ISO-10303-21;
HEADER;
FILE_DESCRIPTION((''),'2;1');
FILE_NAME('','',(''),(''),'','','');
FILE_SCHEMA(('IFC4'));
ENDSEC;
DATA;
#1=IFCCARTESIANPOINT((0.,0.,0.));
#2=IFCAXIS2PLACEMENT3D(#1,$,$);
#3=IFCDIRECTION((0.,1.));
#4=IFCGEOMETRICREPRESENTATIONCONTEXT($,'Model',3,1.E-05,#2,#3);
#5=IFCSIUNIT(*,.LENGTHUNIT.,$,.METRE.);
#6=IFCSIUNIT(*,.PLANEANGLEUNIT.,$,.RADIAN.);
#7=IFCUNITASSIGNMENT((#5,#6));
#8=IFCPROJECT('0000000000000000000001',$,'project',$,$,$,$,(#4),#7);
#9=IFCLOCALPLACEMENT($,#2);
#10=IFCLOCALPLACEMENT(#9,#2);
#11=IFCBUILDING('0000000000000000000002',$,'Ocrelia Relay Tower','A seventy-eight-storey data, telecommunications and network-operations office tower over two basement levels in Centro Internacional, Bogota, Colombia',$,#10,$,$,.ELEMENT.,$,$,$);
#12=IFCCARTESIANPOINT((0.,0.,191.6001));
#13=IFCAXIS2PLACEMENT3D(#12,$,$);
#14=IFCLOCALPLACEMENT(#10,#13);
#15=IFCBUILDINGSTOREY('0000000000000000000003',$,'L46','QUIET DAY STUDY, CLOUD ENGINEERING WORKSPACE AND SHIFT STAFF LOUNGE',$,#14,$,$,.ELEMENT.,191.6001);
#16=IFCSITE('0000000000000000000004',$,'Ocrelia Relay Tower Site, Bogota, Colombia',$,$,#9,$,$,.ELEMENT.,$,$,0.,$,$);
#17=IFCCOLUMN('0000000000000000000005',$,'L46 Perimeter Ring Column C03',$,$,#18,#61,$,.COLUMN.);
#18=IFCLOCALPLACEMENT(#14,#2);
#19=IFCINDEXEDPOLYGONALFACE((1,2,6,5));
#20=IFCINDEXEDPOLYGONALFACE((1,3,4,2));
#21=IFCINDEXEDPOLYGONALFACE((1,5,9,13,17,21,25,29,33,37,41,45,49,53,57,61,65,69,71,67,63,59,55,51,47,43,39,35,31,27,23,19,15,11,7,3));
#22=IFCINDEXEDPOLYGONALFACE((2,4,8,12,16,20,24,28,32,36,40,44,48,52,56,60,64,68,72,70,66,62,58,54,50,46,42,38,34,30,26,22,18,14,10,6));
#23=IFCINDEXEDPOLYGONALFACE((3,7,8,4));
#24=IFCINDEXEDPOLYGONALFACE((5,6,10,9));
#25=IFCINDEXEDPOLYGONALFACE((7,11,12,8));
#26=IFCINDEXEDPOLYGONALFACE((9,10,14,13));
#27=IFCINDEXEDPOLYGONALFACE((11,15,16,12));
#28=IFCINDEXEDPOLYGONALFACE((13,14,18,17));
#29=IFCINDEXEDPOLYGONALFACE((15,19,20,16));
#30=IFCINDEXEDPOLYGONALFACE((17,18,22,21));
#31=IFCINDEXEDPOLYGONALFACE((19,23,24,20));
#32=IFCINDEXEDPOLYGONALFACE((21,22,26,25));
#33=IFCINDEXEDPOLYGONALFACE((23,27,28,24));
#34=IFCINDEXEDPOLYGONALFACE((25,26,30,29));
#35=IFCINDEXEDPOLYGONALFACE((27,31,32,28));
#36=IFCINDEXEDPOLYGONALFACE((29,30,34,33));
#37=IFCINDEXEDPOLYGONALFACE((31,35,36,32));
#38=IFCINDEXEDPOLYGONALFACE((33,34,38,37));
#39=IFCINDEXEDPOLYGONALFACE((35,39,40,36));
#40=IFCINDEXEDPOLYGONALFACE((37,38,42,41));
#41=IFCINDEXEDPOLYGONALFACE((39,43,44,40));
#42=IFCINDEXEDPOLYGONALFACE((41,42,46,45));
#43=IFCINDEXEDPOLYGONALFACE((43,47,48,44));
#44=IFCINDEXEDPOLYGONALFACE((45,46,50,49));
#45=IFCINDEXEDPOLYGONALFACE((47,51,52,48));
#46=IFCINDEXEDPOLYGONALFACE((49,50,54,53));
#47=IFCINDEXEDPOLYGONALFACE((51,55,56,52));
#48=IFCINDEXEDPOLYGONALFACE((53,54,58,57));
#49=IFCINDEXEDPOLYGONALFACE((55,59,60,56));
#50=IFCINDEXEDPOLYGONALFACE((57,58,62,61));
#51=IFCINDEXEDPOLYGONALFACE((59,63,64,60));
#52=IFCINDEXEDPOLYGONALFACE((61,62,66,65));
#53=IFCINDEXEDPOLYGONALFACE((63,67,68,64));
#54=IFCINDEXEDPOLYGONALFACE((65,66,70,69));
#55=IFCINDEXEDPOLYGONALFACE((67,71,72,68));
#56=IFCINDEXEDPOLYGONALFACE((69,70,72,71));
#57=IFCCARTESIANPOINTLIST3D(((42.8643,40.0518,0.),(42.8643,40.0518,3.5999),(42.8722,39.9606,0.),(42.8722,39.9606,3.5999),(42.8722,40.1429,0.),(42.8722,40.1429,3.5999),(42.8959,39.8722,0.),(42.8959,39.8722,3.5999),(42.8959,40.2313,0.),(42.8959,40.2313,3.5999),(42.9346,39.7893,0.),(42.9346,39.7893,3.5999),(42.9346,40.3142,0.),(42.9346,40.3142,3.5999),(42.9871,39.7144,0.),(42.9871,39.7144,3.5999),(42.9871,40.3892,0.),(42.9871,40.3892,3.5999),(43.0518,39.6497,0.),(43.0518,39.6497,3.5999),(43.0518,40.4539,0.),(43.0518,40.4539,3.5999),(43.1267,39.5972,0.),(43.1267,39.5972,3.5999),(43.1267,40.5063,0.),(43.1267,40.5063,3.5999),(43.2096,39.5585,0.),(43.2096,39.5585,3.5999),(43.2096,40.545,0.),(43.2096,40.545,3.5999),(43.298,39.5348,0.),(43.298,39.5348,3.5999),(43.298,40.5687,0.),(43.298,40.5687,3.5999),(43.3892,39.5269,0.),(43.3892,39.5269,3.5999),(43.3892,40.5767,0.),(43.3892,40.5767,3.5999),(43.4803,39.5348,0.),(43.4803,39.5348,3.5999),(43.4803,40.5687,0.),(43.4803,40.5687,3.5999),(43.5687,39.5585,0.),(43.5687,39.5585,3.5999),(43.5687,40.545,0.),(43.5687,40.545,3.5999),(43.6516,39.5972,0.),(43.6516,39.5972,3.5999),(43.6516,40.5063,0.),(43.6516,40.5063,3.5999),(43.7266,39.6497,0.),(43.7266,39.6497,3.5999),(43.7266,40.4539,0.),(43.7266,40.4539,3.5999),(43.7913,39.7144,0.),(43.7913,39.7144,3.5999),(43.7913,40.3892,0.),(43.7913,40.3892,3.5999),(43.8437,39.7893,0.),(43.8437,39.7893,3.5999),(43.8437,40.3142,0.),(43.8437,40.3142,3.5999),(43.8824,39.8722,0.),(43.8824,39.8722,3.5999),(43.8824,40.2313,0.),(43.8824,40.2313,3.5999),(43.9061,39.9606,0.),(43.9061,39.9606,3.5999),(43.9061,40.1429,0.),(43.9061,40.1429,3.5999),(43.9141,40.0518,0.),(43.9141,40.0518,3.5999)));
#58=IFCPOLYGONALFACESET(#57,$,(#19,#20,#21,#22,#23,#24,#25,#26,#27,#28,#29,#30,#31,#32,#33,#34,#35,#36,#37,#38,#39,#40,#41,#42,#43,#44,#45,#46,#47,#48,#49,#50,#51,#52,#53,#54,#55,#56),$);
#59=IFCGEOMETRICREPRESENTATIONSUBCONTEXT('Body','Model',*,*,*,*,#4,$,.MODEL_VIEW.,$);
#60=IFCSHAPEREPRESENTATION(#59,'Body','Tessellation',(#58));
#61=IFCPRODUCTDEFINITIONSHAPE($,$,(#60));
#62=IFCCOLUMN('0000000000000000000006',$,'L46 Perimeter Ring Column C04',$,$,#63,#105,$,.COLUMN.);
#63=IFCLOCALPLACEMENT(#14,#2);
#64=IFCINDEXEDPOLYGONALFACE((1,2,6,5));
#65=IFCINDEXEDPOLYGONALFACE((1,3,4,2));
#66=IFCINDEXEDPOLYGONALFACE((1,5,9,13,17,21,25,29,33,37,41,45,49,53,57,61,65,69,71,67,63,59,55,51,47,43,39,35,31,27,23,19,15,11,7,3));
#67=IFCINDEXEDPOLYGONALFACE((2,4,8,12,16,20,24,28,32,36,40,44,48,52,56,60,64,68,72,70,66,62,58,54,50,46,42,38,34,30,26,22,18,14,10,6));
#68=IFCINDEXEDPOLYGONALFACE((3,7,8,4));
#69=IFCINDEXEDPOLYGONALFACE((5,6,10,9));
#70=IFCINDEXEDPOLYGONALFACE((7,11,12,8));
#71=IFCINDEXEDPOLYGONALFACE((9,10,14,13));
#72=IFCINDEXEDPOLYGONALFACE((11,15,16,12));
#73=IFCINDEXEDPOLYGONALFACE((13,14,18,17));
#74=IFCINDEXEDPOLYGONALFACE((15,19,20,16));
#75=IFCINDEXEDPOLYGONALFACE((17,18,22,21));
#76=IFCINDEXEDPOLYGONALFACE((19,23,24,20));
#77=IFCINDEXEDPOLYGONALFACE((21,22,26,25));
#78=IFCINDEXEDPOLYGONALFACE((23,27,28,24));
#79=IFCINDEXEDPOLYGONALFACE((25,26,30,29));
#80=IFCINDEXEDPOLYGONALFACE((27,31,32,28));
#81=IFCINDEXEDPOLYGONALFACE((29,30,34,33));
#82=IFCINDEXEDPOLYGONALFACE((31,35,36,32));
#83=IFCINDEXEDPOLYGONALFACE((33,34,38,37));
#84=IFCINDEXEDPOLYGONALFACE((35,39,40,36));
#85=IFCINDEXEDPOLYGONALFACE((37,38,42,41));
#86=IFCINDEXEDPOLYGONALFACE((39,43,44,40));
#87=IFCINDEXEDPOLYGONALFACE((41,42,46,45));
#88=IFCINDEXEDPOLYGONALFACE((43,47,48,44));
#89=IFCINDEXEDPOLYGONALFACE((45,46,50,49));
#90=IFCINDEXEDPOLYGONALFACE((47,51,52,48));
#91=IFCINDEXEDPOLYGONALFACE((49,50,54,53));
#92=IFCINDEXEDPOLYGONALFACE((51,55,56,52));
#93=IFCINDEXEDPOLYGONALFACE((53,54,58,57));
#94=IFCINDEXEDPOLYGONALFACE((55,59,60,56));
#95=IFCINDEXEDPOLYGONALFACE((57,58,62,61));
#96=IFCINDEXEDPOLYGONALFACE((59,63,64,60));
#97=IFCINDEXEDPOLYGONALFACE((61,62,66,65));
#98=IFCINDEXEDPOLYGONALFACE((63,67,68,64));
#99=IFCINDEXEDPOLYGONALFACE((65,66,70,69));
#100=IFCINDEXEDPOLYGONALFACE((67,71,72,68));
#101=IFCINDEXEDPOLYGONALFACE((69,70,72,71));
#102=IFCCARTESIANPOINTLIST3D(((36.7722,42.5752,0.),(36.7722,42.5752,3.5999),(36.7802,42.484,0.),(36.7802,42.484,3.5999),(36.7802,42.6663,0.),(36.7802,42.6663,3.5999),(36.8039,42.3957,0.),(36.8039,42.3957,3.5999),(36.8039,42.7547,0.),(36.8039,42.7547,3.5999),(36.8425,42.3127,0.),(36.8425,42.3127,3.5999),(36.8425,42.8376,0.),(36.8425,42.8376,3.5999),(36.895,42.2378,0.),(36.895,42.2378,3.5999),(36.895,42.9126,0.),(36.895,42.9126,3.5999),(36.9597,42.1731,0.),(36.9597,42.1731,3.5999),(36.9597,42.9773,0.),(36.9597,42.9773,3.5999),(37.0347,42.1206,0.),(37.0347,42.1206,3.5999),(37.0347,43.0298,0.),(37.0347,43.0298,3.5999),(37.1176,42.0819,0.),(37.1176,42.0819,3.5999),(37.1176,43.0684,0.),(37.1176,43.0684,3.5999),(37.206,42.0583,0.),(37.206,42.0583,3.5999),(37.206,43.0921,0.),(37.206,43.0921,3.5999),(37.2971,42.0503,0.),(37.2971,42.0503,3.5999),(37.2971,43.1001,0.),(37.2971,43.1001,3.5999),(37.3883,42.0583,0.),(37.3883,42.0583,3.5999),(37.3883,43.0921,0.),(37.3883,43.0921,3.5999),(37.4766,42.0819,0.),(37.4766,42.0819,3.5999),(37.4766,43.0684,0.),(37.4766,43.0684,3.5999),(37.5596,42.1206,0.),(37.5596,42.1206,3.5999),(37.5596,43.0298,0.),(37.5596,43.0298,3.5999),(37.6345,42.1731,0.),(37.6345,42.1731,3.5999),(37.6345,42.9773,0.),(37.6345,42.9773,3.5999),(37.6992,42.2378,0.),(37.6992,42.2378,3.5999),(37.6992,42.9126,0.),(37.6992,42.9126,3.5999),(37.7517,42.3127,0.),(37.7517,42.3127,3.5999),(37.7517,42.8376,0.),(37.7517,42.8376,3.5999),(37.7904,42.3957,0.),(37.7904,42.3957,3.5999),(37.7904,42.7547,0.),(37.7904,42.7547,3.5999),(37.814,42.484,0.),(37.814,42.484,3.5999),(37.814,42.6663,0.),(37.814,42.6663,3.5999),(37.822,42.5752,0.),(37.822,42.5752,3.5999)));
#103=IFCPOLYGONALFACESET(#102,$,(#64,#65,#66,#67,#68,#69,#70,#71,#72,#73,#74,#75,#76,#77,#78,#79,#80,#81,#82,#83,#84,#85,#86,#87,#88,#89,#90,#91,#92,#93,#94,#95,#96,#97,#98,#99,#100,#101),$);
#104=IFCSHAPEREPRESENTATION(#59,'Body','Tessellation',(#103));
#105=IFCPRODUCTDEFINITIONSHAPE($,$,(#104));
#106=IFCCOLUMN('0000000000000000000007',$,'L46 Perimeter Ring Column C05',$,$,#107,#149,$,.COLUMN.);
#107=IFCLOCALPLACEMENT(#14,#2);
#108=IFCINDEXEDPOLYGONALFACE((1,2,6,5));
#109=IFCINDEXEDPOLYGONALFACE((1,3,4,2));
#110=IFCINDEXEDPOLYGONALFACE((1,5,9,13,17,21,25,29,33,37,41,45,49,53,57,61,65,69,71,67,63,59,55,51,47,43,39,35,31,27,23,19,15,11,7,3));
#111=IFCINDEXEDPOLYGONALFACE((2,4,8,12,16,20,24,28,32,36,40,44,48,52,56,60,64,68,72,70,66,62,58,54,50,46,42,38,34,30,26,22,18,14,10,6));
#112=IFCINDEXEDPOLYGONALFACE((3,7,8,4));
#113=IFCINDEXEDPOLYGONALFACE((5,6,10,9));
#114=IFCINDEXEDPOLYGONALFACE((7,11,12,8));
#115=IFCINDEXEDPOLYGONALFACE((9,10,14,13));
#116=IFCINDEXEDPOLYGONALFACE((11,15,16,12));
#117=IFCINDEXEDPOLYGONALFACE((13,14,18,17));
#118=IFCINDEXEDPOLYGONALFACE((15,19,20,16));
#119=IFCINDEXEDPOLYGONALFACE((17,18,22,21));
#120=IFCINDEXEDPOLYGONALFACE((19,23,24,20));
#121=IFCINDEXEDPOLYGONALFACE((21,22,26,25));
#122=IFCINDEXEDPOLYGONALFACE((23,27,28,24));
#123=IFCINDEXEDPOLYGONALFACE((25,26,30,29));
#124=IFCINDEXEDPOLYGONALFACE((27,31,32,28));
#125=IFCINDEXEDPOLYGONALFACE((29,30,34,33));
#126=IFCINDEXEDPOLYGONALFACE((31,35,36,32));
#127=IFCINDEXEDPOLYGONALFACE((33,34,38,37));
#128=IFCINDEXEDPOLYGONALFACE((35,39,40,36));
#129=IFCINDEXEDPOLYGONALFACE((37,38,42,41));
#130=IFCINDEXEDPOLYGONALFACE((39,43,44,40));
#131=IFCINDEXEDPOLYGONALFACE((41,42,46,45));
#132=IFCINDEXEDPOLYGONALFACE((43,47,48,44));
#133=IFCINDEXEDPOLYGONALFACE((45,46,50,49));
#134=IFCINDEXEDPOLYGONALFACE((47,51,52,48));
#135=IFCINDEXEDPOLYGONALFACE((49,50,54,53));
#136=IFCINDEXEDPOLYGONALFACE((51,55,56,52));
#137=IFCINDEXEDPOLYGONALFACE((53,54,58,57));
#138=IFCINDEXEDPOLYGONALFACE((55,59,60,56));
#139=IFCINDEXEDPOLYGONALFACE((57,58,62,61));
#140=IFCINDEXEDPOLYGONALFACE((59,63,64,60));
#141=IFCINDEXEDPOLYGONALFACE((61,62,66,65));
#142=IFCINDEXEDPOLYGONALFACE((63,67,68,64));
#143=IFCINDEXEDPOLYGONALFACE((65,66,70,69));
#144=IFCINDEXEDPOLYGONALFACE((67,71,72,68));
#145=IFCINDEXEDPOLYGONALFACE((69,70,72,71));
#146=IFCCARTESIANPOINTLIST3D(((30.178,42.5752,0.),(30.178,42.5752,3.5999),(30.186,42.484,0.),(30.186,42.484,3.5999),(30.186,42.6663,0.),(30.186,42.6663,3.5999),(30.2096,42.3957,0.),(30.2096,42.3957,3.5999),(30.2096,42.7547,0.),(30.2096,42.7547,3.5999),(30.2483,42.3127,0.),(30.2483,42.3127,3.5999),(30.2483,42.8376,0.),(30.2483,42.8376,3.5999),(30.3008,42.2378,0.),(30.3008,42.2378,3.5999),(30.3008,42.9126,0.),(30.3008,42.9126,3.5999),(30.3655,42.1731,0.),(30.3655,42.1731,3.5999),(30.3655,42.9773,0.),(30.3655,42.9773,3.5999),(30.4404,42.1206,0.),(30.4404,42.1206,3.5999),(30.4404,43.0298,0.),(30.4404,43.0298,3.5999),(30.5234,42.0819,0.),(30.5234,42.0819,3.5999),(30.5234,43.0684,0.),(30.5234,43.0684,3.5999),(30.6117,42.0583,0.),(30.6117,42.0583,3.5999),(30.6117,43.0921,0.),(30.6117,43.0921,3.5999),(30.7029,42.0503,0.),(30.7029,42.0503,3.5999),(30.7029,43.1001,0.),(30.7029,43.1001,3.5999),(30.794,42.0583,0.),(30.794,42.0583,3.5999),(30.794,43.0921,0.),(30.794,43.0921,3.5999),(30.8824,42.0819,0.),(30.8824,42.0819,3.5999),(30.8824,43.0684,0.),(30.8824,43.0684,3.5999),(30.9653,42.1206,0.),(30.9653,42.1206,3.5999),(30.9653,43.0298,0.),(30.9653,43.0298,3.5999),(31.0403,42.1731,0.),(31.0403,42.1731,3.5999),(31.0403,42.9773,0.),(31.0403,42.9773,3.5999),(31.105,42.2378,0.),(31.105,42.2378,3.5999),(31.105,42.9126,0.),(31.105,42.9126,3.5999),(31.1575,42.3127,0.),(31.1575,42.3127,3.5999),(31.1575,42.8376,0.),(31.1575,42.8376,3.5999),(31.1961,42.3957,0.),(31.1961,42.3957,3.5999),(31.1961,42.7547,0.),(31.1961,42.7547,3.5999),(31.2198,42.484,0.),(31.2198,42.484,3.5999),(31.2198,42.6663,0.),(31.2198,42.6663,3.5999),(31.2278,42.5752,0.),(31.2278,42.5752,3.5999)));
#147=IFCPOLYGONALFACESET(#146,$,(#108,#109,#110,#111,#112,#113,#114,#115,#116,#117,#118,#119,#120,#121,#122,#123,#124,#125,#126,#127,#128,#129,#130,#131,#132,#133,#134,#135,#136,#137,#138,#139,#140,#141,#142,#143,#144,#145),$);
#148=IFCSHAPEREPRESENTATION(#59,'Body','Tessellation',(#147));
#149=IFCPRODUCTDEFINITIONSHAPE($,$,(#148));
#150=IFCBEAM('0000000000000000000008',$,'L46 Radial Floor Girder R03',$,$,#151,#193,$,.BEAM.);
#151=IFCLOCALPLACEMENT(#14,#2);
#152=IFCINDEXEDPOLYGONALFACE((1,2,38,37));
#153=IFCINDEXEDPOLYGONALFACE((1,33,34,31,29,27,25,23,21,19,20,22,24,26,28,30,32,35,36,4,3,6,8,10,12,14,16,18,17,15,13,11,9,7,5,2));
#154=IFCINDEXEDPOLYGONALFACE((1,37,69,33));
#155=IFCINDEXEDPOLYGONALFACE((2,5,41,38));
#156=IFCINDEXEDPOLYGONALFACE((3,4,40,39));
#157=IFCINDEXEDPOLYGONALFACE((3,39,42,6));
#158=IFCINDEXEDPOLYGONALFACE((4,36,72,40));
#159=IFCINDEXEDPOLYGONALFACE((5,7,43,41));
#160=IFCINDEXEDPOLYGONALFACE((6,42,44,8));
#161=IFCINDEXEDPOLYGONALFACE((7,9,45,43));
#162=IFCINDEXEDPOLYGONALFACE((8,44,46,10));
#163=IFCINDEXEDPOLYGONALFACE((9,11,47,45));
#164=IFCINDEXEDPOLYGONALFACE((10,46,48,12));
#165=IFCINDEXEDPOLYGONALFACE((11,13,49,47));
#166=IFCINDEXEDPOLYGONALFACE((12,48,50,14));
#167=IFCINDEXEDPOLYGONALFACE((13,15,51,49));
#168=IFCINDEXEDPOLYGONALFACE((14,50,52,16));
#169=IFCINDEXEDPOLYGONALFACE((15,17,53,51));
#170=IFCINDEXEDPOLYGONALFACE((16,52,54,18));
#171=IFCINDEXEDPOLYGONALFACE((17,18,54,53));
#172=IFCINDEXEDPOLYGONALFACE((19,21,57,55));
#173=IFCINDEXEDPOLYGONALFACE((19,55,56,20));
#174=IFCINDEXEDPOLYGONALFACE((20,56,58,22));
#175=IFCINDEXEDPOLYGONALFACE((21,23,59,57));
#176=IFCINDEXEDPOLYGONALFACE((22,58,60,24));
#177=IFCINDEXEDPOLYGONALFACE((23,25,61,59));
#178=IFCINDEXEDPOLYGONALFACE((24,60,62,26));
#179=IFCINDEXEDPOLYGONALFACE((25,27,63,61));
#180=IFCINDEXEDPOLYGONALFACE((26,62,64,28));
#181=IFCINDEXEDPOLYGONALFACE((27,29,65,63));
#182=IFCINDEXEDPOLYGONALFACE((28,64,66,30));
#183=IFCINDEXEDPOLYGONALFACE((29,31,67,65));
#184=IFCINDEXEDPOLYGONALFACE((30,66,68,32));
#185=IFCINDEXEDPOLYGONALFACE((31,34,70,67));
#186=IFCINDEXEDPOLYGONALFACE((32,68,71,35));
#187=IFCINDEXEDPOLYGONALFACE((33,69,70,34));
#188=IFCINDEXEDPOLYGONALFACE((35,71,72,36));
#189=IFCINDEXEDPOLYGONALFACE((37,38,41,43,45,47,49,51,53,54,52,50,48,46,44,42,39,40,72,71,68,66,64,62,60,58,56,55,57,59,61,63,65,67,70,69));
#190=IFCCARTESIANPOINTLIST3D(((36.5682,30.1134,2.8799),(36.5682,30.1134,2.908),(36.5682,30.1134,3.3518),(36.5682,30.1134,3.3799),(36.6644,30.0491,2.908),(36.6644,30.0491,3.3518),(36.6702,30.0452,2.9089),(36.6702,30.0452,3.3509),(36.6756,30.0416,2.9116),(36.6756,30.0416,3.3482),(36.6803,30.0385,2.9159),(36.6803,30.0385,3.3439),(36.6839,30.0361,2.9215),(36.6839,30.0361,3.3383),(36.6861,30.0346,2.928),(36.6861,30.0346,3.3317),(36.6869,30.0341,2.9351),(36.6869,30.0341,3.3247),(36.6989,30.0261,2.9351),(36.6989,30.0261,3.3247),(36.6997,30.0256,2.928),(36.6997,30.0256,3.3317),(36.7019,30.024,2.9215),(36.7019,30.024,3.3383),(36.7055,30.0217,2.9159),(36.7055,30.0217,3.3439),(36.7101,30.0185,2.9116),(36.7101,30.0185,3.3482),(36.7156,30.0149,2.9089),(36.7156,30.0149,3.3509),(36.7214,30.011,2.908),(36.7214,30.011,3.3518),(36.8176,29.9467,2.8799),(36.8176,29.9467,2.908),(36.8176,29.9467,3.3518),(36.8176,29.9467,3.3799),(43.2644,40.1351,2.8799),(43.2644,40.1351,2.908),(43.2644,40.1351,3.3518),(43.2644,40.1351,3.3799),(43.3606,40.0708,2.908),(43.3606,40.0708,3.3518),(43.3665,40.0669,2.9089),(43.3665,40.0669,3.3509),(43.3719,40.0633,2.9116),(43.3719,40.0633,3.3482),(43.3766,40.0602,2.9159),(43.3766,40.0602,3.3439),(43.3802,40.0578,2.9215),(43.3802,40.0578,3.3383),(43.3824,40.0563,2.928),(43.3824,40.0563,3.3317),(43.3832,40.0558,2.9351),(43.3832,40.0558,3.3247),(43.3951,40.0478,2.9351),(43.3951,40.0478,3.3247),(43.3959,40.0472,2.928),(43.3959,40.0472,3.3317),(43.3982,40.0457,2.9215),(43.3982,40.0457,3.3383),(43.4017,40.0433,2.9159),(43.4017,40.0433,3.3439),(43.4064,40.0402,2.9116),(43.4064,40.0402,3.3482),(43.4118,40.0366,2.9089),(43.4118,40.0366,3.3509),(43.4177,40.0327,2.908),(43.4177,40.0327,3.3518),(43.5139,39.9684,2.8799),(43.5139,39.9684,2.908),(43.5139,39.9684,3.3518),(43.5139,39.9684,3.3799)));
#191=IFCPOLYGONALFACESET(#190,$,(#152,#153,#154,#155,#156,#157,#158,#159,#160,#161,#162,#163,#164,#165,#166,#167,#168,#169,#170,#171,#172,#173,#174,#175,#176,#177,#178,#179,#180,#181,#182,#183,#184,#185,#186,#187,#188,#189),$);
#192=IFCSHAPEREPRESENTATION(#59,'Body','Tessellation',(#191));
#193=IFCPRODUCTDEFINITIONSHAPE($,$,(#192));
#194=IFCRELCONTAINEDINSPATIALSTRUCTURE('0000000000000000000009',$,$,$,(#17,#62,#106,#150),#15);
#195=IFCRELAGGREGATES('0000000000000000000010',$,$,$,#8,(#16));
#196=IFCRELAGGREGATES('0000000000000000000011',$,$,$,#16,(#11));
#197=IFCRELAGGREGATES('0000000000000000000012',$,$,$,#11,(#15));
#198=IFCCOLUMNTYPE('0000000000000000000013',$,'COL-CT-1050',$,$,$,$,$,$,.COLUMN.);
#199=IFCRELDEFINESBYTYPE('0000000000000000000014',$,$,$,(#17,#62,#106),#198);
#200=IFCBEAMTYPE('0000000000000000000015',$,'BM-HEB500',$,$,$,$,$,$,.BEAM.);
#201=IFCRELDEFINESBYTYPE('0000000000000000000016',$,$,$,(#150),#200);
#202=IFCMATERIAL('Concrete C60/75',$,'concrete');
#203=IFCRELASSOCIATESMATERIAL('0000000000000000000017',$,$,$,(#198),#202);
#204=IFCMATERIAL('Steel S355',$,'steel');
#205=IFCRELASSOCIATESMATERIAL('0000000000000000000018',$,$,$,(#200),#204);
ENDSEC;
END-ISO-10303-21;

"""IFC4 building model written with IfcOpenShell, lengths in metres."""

from ifc_helpers import new_model, si_unit, direction, frame, origin, origin_2d, place, context, subcontext, project, spatial, circle, i_section, extrude, material, material_profile, profile_set, type_object, element, save


model = new_model("IFC4")

# Units and contexts
model_context = context("Model", 3, precision=1e-05, world=origin(), true_north=direction((0.0, 1.0)))
body_context = subcontext(model_context, "Body", "Model", "MODEL_VIEW")
ifc_project = project(units=[si_unit("LENGTHUNIT", "METRE"), si_unit("PLANEANGLEUNIT", "RADIAN")], contexts=[model_context])

# Site, building, storey
site_placement = place(None, origin())
site = spatial("IfcSite", under=ifc_project, at=site_placement, Name="Ocrelia Relay Tower Site, Bogota, Colombia", CompositionType="ELEMENT", RefElevation=0.0)
building_placement = place(site_placement, origin())
building = spatial("IfcBuilding", under=site, at=building_placement, Name="Ocrelia Relay Tower", Description="A seventy-eight-storey data, telecommunications and network-operations office tower over two basement levels in Centro Internacional, Bogota, Colombia", CompositionType="ELEMENT")
storey_placement = place(building_placement, frame((0.0, 0.0, 191.6001)))
storey = spatial("IfcBuildingStorey", under=building, at=storey_placement, Name="L46", Description="QUIET DAY STUDY, CLOUD ENGINEERING WORKSPACE AND SHIFT STAFF LOUNGE", CompositionType="ELEMENT", Elevation=191.6001)

# Columns
ifc_material_1 = material(Name="Concrete C60/75", Category="concrete")
ifc_material_profile_1 = material_profile(ifc_material_1, circle(Radius=0.5249, at=origin_2d()), Name="RC-CIR-1050")
ifc_profile_set_1 = profile_set([ifc_material_profile_1], Name="Concrete C60/75")
column_type = type_object("IfcColumnType", Name="COL-CT-1050", PredefinedType="COLUMN", material=ifc_profile_set_1)
for number, where, z_axis, x_axis, name in (
    (1, (43.3892, 40.0518, 0.0), (0.0, 0.0, 1.0), (1.0, 0.0, 0.0), "L46 Perimeter Ring Column C03"),
    (2, (37.2971, 42.5752, 0.0), (0.0, 0.0, 1.0), (1.0, 0.0, 0.0), "L46 Perimeter Ring Column C04"),
    (3, (30.7029, 42.5752, 0.0), (0.0, 0.0, 1.0), (1.0, 0.0, 0.0), "L46 Perimeter Ring Column C05"),
):
    element("IfcColumn", number, at=place(storey_placement, frame(where, z_axis=z_axis, x_axis=x_axis)), inside=storey, type_object=column_type, Name=name, PredefinedType="COLUMN", context=body_context, shape_type="SweptSolid", body=[
        extrude(circle(Radius=0.5249, at=origin_2d()), origin(), (0.0, 0.0, 1.0), 3.5999),
    ])

# Beam
ifc_material_2 = material(Name="Steel S355", Category="steel")
ifc_material_profile_2 = material_profile(ifc_material_2, i_section(OverallWidth=0.3, OverallDepth=0.5, WebThickness=0.0144, FlangeThickness=0.0281, FilletRadius=0.0271, at=origin_2d()), Name="HEB 500")
ifc_profile_set_2 = profile_set([ifc_material_profile_2], Name="Steel S355")
beam_type_1 = type_object("IfcBeamType", Name="BM-HEB500", PredefinedType="BEAM", material=ifc_profile_set_2)
beam_1_placement = place(storey_placement, frame((43.3892, 40.0518, 3.1299), z_axis=(-0.555569, -0.83147, 0.0), x_axis=(0.83147, -0.555569, 0.0)))
element("IfcBeam", 4, at=beam_1_placement, inside=storey, type_object=beam_type_1, Name="L46 Radial Floor Girder R03", PredefinedType="BEAM", context=body_context, shape_type="SweptSolid", body=[
    extrude(i_section(OverallWidth=0.3, OverallDepth=0.5, WebThickness=0.0144, FlangeThickness=0.0281, FilletRadius=0.0271, at=origin_2d()), origin(), (0.0, 0.0, 1.0), 12.053),
])

save(model, "model.ifc")
